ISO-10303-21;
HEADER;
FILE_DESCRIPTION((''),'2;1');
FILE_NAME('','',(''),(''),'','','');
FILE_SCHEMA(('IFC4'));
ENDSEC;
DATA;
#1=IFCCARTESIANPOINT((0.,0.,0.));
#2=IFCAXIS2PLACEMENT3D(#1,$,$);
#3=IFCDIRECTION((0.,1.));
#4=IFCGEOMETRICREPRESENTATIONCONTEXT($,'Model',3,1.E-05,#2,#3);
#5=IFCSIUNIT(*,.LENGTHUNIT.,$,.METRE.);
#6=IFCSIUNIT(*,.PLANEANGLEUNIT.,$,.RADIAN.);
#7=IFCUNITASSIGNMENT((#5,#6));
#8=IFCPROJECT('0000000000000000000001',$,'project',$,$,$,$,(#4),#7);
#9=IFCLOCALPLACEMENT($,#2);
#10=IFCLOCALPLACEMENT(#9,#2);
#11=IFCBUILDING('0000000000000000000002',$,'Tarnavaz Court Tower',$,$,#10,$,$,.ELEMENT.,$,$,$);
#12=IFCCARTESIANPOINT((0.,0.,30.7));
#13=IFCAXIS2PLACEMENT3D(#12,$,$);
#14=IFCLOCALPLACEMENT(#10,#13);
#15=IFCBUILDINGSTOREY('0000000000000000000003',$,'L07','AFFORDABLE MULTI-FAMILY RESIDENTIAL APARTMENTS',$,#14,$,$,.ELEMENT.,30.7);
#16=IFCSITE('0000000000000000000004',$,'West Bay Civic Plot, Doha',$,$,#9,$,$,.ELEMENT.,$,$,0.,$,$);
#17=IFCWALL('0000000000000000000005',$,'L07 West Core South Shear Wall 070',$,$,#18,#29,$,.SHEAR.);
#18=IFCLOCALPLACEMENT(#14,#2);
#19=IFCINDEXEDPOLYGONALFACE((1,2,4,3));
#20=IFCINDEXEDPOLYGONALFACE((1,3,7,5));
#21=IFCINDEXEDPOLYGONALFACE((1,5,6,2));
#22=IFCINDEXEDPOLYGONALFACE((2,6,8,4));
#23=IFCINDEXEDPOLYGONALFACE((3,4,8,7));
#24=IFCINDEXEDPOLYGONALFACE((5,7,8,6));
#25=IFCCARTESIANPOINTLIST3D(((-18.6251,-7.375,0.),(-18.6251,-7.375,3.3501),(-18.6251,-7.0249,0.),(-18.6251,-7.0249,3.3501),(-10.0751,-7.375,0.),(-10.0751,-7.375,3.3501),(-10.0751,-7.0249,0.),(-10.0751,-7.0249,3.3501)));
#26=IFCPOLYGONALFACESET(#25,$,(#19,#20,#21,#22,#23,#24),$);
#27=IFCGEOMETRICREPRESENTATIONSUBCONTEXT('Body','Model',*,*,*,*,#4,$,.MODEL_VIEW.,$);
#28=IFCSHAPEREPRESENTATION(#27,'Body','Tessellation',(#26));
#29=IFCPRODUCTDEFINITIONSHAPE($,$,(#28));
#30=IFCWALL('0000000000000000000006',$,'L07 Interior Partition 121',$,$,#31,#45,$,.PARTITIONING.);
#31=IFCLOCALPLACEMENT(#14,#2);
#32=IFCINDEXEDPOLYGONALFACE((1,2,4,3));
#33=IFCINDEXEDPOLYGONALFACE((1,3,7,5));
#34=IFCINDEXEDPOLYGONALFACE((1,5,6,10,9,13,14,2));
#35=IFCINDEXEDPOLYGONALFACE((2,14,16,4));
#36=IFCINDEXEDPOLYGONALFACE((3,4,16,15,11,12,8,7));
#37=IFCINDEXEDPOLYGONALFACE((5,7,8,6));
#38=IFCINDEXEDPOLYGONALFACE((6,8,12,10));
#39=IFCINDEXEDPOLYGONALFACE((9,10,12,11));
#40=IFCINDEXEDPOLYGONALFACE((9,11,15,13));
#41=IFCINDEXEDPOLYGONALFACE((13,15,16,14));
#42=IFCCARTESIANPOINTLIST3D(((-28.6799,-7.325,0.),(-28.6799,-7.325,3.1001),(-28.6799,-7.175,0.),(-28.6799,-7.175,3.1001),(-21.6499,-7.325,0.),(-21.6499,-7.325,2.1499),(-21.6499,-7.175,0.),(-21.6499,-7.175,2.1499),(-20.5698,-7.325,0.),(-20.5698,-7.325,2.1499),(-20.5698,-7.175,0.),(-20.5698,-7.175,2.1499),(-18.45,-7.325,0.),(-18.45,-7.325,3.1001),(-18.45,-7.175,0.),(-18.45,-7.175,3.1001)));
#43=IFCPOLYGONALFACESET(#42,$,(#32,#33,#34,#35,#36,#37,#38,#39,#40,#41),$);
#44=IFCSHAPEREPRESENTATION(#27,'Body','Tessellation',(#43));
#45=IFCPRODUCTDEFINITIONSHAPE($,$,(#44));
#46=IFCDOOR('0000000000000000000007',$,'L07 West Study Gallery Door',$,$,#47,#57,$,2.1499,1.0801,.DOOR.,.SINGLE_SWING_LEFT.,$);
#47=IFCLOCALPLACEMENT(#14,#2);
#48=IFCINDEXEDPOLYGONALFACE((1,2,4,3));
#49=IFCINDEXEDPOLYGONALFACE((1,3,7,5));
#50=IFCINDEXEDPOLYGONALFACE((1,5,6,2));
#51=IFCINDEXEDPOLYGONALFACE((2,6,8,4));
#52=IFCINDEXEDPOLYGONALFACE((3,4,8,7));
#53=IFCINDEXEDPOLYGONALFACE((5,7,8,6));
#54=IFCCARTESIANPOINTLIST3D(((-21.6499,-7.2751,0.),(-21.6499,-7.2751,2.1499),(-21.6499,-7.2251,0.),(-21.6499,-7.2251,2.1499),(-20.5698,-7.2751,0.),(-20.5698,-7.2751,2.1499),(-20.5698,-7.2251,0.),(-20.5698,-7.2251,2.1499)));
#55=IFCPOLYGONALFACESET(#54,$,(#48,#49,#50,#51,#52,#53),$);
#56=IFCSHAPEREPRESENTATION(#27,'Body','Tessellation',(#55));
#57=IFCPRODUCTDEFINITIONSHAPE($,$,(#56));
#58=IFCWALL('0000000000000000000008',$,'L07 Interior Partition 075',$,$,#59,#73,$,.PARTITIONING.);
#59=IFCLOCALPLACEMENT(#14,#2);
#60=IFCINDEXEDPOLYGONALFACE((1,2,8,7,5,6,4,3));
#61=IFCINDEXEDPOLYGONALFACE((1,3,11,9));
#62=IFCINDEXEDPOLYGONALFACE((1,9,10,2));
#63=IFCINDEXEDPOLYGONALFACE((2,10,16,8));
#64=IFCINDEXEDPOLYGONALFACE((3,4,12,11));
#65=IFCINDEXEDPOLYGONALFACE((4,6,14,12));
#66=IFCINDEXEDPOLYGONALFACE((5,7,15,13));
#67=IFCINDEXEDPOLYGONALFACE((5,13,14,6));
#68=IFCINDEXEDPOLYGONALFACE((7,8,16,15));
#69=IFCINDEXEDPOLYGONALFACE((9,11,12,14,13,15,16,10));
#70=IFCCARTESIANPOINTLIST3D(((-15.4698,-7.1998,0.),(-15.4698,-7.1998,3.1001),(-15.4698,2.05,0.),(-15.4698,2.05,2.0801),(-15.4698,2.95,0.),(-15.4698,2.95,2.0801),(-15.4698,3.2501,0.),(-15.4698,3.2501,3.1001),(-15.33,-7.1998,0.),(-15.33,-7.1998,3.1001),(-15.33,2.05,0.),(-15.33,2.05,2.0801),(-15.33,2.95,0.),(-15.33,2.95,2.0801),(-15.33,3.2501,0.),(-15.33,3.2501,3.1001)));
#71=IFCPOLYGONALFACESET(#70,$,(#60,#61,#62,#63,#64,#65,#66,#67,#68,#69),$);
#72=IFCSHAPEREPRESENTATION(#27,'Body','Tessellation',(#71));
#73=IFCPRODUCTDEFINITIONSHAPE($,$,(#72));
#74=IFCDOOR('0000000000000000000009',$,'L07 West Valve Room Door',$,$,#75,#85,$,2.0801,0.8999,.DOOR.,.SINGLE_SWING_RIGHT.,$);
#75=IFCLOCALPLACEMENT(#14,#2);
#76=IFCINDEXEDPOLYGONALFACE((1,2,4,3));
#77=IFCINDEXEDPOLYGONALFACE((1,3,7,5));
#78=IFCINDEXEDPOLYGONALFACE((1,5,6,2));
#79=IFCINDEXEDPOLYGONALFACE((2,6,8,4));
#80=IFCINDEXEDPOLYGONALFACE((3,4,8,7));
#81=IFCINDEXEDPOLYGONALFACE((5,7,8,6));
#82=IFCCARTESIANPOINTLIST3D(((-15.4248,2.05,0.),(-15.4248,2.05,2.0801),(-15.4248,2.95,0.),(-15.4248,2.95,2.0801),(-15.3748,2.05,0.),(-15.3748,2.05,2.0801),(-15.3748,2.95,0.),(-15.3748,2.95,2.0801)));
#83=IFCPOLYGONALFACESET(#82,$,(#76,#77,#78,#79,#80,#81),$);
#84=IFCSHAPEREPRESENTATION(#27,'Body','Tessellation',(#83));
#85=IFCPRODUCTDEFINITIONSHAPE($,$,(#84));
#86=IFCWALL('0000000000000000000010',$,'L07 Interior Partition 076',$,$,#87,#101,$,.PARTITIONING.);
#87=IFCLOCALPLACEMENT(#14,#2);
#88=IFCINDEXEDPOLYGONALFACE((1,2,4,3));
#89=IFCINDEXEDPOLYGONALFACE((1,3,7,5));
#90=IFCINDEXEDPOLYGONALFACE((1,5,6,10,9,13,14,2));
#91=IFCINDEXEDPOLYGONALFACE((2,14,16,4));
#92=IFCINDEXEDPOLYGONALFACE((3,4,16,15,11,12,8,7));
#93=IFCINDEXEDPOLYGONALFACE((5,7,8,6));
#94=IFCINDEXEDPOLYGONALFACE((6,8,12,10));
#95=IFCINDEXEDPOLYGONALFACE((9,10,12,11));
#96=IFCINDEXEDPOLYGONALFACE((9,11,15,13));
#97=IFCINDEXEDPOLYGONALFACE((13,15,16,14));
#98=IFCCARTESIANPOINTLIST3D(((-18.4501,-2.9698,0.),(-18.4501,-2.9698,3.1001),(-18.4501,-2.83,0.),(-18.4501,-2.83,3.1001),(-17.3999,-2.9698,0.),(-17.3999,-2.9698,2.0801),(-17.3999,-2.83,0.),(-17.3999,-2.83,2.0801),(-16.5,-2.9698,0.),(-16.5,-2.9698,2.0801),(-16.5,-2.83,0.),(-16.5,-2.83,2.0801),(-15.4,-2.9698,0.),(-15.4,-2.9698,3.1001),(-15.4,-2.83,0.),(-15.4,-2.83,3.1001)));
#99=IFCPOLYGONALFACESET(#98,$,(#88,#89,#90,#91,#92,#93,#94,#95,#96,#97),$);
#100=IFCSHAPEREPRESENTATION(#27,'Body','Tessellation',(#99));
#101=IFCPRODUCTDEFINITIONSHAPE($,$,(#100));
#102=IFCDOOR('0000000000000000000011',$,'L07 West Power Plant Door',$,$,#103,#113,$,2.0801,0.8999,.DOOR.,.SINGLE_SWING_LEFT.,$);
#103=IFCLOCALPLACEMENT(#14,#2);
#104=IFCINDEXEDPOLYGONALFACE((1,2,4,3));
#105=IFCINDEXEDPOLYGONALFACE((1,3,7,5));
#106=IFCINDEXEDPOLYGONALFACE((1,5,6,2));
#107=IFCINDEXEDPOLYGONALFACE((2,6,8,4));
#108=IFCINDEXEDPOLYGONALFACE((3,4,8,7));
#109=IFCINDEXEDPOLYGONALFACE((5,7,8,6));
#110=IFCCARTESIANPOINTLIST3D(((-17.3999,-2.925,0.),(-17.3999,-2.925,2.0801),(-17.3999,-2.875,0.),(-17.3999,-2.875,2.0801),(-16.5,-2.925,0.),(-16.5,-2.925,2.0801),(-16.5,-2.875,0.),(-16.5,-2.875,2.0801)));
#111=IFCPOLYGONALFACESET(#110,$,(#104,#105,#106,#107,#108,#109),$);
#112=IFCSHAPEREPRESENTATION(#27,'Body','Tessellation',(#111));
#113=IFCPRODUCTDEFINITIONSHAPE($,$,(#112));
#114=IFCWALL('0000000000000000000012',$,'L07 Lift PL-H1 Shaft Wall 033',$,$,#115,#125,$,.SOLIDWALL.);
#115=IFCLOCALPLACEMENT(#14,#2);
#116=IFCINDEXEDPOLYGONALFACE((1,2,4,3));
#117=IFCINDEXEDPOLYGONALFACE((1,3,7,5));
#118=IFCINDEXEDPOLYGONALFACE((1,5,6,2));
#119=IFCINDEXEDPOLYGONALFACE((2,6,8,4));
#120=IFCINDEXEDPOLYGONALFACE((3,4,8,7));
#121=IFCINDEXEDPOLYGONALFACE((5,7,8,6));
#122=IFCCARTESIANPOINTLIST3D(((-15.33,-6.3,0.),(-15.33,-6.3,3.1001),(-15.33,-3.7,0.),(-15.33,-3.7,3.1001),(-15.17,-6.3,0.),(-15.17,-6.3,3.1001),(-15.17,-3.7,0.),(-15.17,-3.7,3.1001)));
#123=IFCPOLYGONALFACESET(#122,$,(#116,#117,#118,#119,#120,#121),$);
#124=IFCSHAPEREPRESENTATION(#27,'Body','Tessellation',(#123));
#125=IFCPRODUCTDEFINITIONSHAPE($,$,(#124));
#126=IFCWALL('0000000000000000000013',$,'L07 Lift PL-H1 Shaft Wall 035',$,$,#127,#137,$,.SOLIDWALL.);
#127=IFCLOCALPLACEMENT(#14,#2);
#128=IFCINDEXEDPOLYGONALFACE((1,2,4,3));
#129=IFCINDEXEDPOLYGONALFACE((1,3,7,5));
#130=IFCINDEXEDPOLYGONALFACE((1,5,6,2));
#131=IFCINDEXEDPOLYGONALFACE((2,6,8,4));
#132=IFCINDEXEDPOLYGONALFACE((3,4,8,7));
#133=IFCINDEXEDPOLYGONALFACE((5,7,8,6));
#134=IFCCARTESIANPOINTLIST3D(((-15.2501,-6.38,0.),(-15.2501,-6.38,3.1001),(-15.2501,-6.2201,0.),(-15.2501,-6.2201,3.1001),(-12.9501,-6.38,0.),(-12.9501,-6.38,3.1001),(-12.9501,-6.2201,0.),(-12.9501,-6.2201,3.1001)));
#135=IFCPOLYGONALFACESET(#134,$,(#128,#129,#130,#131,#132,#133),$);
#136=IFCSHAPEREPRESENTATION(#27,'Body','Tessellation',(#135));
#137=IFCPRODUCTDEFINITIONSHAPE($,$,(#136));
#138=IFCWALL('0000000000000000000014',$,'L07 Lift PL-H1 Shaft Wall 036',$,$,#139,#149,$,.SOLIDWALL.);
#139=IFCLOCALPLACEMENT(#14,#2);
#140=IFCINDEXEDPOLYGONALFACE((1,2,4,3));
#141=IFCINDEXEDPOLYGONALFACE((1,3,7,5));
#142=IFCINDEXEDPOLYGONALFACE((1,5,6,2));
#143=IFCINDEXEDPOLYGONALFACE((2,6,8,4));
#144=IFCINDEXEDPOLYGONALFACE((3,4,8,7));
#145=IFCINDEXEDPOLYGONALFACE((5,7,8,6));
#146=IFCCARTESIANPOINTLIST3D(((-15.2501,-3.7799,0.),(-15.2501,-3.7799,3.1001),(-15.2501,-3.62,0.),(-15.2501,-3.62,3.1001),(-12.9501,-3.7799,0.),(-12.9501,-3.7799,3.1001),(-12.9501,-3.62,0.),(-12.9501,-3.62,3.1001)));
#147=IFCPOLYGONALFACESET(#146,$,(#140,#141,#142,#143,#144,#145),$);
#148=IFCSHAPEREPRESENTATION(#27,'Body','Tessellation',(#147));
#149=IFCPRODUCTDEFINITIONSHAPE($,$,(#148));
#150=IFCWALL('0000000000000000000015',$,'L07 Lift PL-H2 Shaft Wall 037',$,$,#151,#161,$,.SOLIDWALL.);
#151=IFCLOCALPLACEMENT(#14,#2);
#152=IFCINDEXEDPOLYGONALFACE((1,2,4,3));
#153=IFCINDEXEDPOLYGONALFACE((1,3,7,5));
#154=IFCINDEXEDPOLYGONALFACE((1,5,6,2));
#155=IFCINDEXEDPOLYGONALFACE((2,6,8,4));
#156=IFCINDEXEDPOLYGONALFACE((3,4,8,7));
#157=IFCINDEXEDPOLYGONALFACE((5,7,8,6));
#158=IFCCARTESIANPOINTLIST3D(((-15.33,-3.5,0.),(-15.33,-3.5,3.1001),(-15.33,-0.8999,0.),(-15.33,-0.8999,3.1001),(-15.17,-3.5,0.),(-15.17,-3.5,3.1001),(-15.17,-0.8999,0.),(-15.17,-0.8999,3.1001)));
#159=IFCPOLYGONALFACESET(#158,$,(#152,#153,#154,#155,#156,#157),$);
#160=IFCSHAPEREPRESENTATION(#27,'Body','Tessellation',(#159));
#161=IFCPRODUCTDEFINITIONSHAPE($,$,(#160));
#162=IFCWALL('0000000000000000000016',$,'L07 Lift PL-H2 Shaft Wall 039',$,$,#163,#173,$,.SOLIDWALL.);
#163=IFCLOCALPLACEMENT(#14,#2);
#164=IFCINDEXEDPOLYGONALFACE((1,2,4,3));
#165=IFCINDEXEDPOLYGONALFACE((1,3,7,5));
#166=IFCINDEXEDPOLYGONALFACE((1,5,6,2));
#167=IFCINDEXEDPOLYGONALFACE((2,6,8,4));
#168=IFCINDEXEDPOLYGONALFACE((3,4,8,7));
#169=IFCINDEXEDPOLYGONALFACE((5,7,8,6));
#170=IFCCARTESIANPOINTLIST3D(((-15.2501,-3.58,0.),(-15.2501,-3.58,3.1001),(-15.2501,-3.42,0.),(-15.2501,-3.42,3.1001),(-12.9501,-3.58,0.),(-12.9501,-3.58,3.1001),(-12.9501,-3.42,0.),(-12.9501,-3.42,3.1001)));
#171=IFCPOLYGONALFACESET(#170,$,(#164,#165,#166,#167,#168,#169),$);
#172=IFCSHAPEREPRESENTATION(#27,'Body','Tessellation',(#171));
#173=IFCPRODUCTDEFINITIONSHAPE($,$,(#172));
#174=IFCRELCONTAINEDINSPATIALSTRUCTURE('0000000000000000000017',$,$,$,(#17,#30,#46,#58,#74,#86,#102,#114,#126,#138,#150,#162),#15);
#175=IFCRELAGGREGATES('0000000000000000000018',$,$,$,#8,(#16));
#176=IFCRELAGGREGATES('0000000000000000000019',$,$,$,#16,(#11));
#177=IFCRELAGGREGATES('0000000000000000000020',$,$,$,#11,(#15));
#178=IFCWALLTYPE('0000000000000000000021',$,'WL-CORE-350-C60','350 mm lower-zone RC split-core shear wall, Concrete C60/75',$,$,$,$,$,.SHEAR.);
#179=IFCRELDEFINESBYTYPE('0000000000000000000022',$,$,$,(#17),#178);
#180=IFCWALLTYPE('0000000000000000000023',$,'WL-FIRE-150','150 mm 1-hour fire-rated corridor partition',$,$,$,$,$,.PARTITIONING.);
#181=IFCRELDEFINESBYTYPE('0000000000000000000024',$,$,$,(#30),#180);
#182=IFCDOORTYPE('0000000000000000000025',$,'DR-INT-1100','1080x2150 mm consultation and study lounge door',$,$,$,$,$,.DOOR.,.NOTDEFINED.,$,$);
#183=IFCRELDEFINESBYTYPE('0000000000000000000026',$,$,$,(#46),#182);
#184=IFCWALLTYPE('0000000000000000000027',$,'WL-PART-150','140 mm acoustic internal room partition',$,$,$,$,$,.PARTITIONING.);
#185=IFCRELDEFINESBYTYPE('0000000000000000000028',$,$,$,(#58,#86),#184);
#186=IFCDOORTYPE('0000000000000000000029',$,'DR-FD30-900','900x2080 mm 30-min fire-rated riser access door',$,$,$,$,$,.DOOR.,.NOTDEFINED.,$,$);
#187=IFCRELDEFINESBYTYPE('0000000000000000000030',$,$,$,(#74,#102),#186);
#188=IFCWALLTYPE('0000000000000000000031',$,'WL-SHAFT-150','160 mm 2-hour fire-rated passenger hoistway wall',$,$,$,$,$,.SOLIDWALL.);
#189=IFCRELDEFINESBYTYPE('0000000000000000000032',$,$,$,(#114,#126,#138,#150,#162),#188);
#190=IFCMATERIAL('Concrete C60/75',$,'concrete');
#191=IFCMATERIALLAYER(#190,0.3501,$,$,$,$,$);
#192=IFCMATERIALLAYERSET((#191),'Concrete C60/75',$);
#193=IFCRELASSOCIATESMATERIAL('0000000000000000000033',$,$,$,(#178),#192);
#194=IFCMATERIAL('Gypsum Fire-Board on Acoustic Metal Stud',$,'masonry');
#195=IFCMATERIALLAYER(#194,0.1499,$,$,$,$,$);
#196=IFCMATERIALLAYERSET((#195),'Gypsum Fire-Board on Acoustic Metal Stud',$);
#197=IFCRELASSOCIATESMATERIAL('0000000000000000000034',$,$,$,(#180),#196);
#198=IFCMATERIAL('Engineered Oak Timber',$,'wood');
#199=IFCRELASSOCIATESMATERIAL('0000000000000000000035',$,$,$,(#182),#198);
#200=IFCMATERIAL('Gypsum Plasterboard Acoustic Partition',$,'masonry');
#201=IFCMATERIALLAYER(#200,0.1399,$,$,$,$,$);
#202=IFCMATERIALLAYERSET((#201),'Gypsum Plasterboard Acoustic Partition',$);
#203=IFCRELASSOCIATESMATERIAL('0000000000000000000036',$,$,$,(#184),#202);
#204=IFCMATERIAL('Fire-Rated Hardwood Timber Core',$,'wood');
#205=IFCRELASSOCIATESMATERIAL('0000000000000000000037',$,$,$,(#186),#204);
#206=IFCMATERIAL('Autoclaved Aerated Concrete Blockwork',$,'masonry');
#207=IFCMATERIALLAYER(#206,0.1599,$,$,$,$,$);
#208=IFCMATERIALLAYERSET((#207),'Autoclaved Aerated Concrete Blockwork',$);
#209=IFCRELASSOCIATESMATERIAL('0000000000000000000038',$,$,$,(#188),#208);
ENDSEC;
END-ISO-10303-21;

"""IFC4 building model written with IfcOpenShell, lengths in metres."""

from ifc_helpers import new_model, si_unit, direction, frame, frame_2d, origin, place, context, subcontext, project, spatial, rectangle, extrude, material, layer, layer_set, type_object, element, fill, save


model = new_model("IFC4")

# Units and contexts
model_context = context("Model", 3, precision=1e-05, world=origin(), true_north=direction((0.0, 1.0)))
body_context = subcontext(model_context, "Body", "Model", "MODEL_VIEW")
ifc_project = project(units=[si_unit("LENGTHUNIT", "METRE"), si_unit("PLANEANGLEUNIT", "RADIAN")], contexts=[model_context])

# Site, building, storey
site_placement = place(None, origin())
site = spatial("IfcSite", under=ifc_project, at=site_placement, Name="West Bay Civic Plot, Doha", CompositionType="ELEMENT", RefElevation=0.0)
building_placement = place(site_placement, origin())
building = spatial("IfcBuilding", under=site, at=building_placement, Name="Tarnavaz Court Tower", CompositionType="ELEMENT")
storey_placement = place(building_placement, frame((0.0, 0.0, 30.7)))
storey = spatial("IfcBuildingStorey", under=building, at=storey_placement, Name="L07", Description="AFFORDABLE MULTI-FAMILY RESIDENTIAL APARTMENTS", CompositionType="ELEMENT", Elevation=30.7)

# Shared definitions
ifc_material_1 = material(Name="Concrete C60/75", Category="concrete")

# Wall
ifc_layer_1 = layer(ifc_material_1, 0.3501)
ifc_layer_set_1 = layer_set([ifc_layer_1], Name="Concrete C60/75")
wall_type_1 = type_object("IfcWallType", Name="WL-CORE-350-C60", Description="350 mm lower-zone RC split-core shear wall, Concrete C60/75", PredefinedType="SHEAR", material=ifc_layer_set_1)
wall_1_placement = place(storey_placement, frame((-18.625, -7.2, 0.0), z_axis=(0.0, 0.0, 1.0), x_axis=(1.0, 0.0, 0.0)))
element("IfcWall", 1, at=wall_1_placement, inside=storey, type_object=wall_type_1, Name="L07 West Core South Shear Wall 070", PredefinedType="SHEAR", context=body_context, shape_type="SweptSolid", body=[
    extrude(rectangle(XDim=8.55, YDim=0.3501, at=frame_2d((4.2749, 0.0))), origin(), (0.0, 0.0, 1.0), 3.3501),
])

# Walls, openings, doors
ifc_material_2 = material(Name="Gypsum Fire-Board on Acoustic Metal Stud", Category="masonry")
ifc_layer_2 = layer(ifc_material_2, 0.1499)
ifc_layer_set_2 = layer_set([ifc_layer_2], Name="Gypsum Fire-Board on Acoustic Metal Stud")
wall_type_2 = type_object("IfcWallType", Name="WL-FIRE-150", Description="150 mm 1-hour fire-rated corridor partition", PredefinedType="PARTITIONING", material=ifc_layer_set_2)
wall_2_placement = place(storey_placement, frame((-28.6799, -7.25, 0.0), z_axis=(0.0, 0.0, 1.0), x_axis=(1.0, 0.0, 0.0)))
wall_2 = element("IfcWall", 2, at=wall_2_placement, inside=storey, type_object=wall_type_2, Name="L07 Interior Partition 121", PredefinedType="PARTITIONING", context=body_context, shape_type="SweptSolid", body=[
    extrude(rectangle(XDim=10.23, YDim=0.1499, at=frame_2d((5.115, 0.0))), origin(), (0.0, 0.0, 1.0), 3.1001),
])
opening_1_placement = place(wall_2_placement, frame((7.03, 0.0, 0.0)))
opening_1 = element("IfcOpeningElement", 3, at=opening_1_placement, cuts=wall_2, PredefinedType="OPENING", context=body_context, shape_type="SweptSolid", body=[
    extrude(rectangle(XDim=1.0801, YDim=2.1499, at=frame_2d((0.54, 1.075))), frame((0.0, 0.085, 0.0), z_axis=(0.0, -1.0, 0.0), x_axis=(1.0, 0.0, 0.0)), (0.0, 0.0, 1.0), 0.1699),
])
ifc_material_3 = material(Name="Engineered Oak Timber", Category="wood")
door_type_1 = type_object("IfcDoorType", Name="DR-INT-1100", Description="1080x2150 mm consultation and study lounge door", OperationType="NOTDEFINED", PredefinedType="DOOR", material=ifc_material_3)
door_1_placement = place(opening_1_placement, origin())
door_1 = element("IfcDoor", 4, at=door_1_placement, inside=storey, type_object=door_type_1, Name="L07 West Study Gallery Door", OperationType="SINGLE_SWING_LEFT", OverallHeight=2.1499, OverallWidth=1.0801, PredefinedType="DOOR", context=body_context, shape_type="SweptSolid", body=[
    extrude(rectangle(XDim=1.0801, YDim=2.1499, at=frame_2d((0.54, 1.075))), frame((0.0, 0.0249, 0.0), z_axis=(0.0, -1.0, 0.0), x_axis=(1.0, 0.0, 0.0)), (0.0, 0.0, 1.0), 0.05),
])
fill(opening_1, door_1)
ifc_material_4 = material(Name="Gypsum Plasterboard Acoustic Partition", Category="masonry")
ifc_layer_3 = layer(ifc_material_4, 0.1399)
ifc_layer_set_3 = layer_set([ifc_layer_3], Name="Gypsum Plasterboard Acoustic Partition")
wall_type_3 = type_object("IfcWallType", Name="WL-PART-150", Description="140 mm acoustic internal room partition", PredefinedType="PARTITIONING", material=ifc_layer_set_3)
wall_3_placement = place(storey_placement, frame((-15.3999, -7.2, 0.0), z_axis=(0.0, 0.0, 1.0), x_axis=(0.0, 1.0, 0.0)))
wall_3 = element("IfcWall", 5, at=wall_3_placement, inside=storey, type_object=wall_type_3, Name="L07 Interior Partition 075", PredefinedType="PARTITIONING", context=body_context, shape_type="SweptSolid", body=[
    extrude(rectangle(XDim=10.45, YDim=0.1399, at=frame_2d((5.2251, 0.0))), origin(), (0.0, 0.0, 1.0), 3.1001),
])
opening_2_placement = place(wall_3_placement, frame((9.25, 0.0, 0.0)))
opening_2 = element("IfcOpeningElement", 6, at=opening_2_placement, cuts=wall_3, PredefinedType="OPENING", context=body_context, shape_type="SweptSolid", body=[
    extrude(rectangle(XDim=0.8999, YDim=2.0801, at=frame_2d((0.45, 1.04))), frame((0.0, 0.0798, 0.0), z_axis=(0.0, -1.0, 0.0), x_axis=(1.0, 0.0, 0.0)), (0.0, 0.0, 1.0), 0.1599),
])
ifc_material_5 = material(Name="Fire-Rated Hardwood Timber Core", Category="wood")
door_type_2 = type_object("IfcDoorType", Name="DR-FD30-900", Description="900x2080 mm 30-min fire-rated riser access door", OperationType="NOTDEFINED", PredefinedType="DOOR", material=ifc_material_5)
door_2_placement = place(opening_2_placement, origin())
door_2 = element("IfcDoor", 7, at=door_2_placement, inside=storey, type_object=door_type_2, Name="L07 West Valve Room Door", OperationType="SINGLE_SWING_RIGHT", OverallHeight=2.0801, OverallWidth=0.8999, PredefinedType="DOOR", context=body_context, shape_type="SweptSolid", body=[
    extrude(rectangle(XDim=0.8999, YDim=2.0801, at=frame_2d((0.45, 1.04))), frame((0.0, 0.0249, 0.0), z_axis=(0.0, -1.0, 0.0), x_axis=(1.0, 0.0, 0.0)), (0.0, 0.0, 1.0), 0.05),
])
fill(opening_2, door_2)
wall_4_placement = place(storey_placement, frame((-18.45, -2.8999, 0.0), z_axis=(0.0, 0.0, 1.0), x_axis=(1.0, 0.0, 0.0)))
wall_4 = element("IfcWall", 8, at=wall_4_placement, inside=storey, type_object=wall_type_3, Name="L07 Interior Partition 076", PredefinedType="PARTITIONING", context=body_context, shape_type="SweptSolid", body=[
    extrude(rectangle(XDim=3.05, YDim=0.1399, at=frame_2d((1.5249, 0.0))), origin(), (0.0, 0.0, 1.0), 3.1001),
])
opening_3_placement = place(wall_4_placement, frame((1.05, 0.0, 0.0)))
opening_3 = element("IfcOpeningElement", 9, at=opening_3_placement, cuts=wall_4, PredefinedType="OPENING", context=body_context, shape_type="SweptSolid", body=[
    extrude(rectangle(XDim=0.8999, YDim=2.0801, at=frame_2d((0.45, 1.04))), frame((0.0, 0.0798, 0.0), z_axis=(0.0, -1.0, 0.0), x_axis=(1.0, 0.0, 0.0)), (0.0, 0.0, 1.0), 0.1599),
])
door_3_placement = place(opening_3_placement, origin())
door_3 = element("IfcDoor", 10, at=door_3_placement, inside=storey, type_object=door_type_2, Name="L07 West Power Plant Door", OperationType="SINGLE_SWING_LEFT", OverallHeight=2.0801, OverallWidth=0.8999, PredefinedType="DOOR", context=body_context, shape_type="SweptSolid", body=[
    extrude(rectangle(XDim=0.8999, YDim=2.0801, at=frame_2d((0.45, 1.04))), frame((0.0, 0.0249, 0.0), z_axis=(0.0, -1.0, 0.0), x_axis=(1.0, 0.0, 0.0)), (0.0, 0.0, 1.0), 0.05),
])
fill(opening_3, door_3)

# Walls
ifc_material_6 = material(Name="Autoclaved Aerated Concrete Blockwork", Category="masonry")
ifc_layer_4 = layer(ifc_material_6, 0.1599)
ifc_layer_set_4 = layer_set([ifc_layer_4], Name="Autoclaved Aerated Concrete Blockwork")
wall_type_4 = type_object("IfcWallType", Name="WL-SHAFT-150", Description="160 mm 2-hour fire-rated passenger hoistway wall", PredefinedType="SOLIDWALL", material=ifc_layer_set_4)
wall_5_placement = place(storey_placement, frame((-15.25, -6.3, 0.0), z_axis=(0.0, 0.0, 1.0), x_axis=(0.0, 1.0, 0.0)))
element("IfcWall", 11, at=wall_5_placement, inside=storey, type_object=wall_type_4, Name="L07 Lift PL-H1 Shaft Wall 033", PredefinedType="SOLIDWALL", context=body_context, shape_type="SweptSolid", body=[
    extrude(rectangle(XDim=2.6001, YDim=0.1599, at=frame_2d((1.3, 0.0))), origin(), (0.0, 0.0, 1.0), 3.1001),
])
for number, where, z_axis, x_axis, name in (
    (12, (-15.25, -6.3, 0.0), (0.0, 0.0, 1.0), (1.0, 0.0, 0.0), "L07 Lift PL-H1 Shaft Wall 035"),
    (13, (-15.25, -3.7, 0.0), (0.0, 0.0, 1.0), (1.0, 0.0, 0.0), "L07 Lift PL-H1 Shaft Wall 036"),
):
    element("IfcWall", number, at=place(storey_placement, frame(where, z_axis=z_axis, x_axis=x_axis)), inside=storey, type_object=wall_type_4, Name=name, PredefinedType="SOLIDWALL", context=body_context, shape_type="SweptSolid", body=[
        extrude(rectangle(XDim=2.3, YDim=0.1599, at=frame_2d((1.1499, 0.0))), origin(), (0.0, 0.0, 1.0), 3.1001),
    ])
wall_6_placement = place(storey_placement, frame((-15.25, -3.5, 0.0), z_axis=(0.0, 0.0, 1.0), x_axis=(0.0, 1.0, 0.0)))
element("IfcWall", 14, at=wall_6_placement, inside=storey, type_object=wall_type_4, Name="L07 Lift PL-H2 Shaft Wall 037", PredefinedType="SOLIDWALL", context=body_context, shape_type="SweptSolid", body=[
    extrude(rectangle(XDim=2.6001, YDim=0.1599, at=frame_2d((1.3, 0.0))), origin(), (0.0, 0.0, 1.0), 3.1001),
])
for number, where, z_axis, x_axis, name in (
    (15, (-15.25, -3.5, 0.0), (0.0, 0.0, 1.0), (1.0, 0.0, 0.0), "L07 Lift PL-H2 Shaft Wall 039"),
):
    element("IfcWall", number, at=place(storey_placement, frame(where, z_axis=z_axis, x_axis=x_axis)), inside=storey, type_object=wall_type_4, Name=name, PredefinedType="SOLIDWALL", context=body_context, shape_type="SweptSolid", body=[
        extrude(rectangle(XDim=2.3, YDim=0.1599, at=frame_2d((1.1499, 0.0))), origin(), (0.0, 0.0, 1.0), 3.1001),
    ])

save(model, "model.ifc")
